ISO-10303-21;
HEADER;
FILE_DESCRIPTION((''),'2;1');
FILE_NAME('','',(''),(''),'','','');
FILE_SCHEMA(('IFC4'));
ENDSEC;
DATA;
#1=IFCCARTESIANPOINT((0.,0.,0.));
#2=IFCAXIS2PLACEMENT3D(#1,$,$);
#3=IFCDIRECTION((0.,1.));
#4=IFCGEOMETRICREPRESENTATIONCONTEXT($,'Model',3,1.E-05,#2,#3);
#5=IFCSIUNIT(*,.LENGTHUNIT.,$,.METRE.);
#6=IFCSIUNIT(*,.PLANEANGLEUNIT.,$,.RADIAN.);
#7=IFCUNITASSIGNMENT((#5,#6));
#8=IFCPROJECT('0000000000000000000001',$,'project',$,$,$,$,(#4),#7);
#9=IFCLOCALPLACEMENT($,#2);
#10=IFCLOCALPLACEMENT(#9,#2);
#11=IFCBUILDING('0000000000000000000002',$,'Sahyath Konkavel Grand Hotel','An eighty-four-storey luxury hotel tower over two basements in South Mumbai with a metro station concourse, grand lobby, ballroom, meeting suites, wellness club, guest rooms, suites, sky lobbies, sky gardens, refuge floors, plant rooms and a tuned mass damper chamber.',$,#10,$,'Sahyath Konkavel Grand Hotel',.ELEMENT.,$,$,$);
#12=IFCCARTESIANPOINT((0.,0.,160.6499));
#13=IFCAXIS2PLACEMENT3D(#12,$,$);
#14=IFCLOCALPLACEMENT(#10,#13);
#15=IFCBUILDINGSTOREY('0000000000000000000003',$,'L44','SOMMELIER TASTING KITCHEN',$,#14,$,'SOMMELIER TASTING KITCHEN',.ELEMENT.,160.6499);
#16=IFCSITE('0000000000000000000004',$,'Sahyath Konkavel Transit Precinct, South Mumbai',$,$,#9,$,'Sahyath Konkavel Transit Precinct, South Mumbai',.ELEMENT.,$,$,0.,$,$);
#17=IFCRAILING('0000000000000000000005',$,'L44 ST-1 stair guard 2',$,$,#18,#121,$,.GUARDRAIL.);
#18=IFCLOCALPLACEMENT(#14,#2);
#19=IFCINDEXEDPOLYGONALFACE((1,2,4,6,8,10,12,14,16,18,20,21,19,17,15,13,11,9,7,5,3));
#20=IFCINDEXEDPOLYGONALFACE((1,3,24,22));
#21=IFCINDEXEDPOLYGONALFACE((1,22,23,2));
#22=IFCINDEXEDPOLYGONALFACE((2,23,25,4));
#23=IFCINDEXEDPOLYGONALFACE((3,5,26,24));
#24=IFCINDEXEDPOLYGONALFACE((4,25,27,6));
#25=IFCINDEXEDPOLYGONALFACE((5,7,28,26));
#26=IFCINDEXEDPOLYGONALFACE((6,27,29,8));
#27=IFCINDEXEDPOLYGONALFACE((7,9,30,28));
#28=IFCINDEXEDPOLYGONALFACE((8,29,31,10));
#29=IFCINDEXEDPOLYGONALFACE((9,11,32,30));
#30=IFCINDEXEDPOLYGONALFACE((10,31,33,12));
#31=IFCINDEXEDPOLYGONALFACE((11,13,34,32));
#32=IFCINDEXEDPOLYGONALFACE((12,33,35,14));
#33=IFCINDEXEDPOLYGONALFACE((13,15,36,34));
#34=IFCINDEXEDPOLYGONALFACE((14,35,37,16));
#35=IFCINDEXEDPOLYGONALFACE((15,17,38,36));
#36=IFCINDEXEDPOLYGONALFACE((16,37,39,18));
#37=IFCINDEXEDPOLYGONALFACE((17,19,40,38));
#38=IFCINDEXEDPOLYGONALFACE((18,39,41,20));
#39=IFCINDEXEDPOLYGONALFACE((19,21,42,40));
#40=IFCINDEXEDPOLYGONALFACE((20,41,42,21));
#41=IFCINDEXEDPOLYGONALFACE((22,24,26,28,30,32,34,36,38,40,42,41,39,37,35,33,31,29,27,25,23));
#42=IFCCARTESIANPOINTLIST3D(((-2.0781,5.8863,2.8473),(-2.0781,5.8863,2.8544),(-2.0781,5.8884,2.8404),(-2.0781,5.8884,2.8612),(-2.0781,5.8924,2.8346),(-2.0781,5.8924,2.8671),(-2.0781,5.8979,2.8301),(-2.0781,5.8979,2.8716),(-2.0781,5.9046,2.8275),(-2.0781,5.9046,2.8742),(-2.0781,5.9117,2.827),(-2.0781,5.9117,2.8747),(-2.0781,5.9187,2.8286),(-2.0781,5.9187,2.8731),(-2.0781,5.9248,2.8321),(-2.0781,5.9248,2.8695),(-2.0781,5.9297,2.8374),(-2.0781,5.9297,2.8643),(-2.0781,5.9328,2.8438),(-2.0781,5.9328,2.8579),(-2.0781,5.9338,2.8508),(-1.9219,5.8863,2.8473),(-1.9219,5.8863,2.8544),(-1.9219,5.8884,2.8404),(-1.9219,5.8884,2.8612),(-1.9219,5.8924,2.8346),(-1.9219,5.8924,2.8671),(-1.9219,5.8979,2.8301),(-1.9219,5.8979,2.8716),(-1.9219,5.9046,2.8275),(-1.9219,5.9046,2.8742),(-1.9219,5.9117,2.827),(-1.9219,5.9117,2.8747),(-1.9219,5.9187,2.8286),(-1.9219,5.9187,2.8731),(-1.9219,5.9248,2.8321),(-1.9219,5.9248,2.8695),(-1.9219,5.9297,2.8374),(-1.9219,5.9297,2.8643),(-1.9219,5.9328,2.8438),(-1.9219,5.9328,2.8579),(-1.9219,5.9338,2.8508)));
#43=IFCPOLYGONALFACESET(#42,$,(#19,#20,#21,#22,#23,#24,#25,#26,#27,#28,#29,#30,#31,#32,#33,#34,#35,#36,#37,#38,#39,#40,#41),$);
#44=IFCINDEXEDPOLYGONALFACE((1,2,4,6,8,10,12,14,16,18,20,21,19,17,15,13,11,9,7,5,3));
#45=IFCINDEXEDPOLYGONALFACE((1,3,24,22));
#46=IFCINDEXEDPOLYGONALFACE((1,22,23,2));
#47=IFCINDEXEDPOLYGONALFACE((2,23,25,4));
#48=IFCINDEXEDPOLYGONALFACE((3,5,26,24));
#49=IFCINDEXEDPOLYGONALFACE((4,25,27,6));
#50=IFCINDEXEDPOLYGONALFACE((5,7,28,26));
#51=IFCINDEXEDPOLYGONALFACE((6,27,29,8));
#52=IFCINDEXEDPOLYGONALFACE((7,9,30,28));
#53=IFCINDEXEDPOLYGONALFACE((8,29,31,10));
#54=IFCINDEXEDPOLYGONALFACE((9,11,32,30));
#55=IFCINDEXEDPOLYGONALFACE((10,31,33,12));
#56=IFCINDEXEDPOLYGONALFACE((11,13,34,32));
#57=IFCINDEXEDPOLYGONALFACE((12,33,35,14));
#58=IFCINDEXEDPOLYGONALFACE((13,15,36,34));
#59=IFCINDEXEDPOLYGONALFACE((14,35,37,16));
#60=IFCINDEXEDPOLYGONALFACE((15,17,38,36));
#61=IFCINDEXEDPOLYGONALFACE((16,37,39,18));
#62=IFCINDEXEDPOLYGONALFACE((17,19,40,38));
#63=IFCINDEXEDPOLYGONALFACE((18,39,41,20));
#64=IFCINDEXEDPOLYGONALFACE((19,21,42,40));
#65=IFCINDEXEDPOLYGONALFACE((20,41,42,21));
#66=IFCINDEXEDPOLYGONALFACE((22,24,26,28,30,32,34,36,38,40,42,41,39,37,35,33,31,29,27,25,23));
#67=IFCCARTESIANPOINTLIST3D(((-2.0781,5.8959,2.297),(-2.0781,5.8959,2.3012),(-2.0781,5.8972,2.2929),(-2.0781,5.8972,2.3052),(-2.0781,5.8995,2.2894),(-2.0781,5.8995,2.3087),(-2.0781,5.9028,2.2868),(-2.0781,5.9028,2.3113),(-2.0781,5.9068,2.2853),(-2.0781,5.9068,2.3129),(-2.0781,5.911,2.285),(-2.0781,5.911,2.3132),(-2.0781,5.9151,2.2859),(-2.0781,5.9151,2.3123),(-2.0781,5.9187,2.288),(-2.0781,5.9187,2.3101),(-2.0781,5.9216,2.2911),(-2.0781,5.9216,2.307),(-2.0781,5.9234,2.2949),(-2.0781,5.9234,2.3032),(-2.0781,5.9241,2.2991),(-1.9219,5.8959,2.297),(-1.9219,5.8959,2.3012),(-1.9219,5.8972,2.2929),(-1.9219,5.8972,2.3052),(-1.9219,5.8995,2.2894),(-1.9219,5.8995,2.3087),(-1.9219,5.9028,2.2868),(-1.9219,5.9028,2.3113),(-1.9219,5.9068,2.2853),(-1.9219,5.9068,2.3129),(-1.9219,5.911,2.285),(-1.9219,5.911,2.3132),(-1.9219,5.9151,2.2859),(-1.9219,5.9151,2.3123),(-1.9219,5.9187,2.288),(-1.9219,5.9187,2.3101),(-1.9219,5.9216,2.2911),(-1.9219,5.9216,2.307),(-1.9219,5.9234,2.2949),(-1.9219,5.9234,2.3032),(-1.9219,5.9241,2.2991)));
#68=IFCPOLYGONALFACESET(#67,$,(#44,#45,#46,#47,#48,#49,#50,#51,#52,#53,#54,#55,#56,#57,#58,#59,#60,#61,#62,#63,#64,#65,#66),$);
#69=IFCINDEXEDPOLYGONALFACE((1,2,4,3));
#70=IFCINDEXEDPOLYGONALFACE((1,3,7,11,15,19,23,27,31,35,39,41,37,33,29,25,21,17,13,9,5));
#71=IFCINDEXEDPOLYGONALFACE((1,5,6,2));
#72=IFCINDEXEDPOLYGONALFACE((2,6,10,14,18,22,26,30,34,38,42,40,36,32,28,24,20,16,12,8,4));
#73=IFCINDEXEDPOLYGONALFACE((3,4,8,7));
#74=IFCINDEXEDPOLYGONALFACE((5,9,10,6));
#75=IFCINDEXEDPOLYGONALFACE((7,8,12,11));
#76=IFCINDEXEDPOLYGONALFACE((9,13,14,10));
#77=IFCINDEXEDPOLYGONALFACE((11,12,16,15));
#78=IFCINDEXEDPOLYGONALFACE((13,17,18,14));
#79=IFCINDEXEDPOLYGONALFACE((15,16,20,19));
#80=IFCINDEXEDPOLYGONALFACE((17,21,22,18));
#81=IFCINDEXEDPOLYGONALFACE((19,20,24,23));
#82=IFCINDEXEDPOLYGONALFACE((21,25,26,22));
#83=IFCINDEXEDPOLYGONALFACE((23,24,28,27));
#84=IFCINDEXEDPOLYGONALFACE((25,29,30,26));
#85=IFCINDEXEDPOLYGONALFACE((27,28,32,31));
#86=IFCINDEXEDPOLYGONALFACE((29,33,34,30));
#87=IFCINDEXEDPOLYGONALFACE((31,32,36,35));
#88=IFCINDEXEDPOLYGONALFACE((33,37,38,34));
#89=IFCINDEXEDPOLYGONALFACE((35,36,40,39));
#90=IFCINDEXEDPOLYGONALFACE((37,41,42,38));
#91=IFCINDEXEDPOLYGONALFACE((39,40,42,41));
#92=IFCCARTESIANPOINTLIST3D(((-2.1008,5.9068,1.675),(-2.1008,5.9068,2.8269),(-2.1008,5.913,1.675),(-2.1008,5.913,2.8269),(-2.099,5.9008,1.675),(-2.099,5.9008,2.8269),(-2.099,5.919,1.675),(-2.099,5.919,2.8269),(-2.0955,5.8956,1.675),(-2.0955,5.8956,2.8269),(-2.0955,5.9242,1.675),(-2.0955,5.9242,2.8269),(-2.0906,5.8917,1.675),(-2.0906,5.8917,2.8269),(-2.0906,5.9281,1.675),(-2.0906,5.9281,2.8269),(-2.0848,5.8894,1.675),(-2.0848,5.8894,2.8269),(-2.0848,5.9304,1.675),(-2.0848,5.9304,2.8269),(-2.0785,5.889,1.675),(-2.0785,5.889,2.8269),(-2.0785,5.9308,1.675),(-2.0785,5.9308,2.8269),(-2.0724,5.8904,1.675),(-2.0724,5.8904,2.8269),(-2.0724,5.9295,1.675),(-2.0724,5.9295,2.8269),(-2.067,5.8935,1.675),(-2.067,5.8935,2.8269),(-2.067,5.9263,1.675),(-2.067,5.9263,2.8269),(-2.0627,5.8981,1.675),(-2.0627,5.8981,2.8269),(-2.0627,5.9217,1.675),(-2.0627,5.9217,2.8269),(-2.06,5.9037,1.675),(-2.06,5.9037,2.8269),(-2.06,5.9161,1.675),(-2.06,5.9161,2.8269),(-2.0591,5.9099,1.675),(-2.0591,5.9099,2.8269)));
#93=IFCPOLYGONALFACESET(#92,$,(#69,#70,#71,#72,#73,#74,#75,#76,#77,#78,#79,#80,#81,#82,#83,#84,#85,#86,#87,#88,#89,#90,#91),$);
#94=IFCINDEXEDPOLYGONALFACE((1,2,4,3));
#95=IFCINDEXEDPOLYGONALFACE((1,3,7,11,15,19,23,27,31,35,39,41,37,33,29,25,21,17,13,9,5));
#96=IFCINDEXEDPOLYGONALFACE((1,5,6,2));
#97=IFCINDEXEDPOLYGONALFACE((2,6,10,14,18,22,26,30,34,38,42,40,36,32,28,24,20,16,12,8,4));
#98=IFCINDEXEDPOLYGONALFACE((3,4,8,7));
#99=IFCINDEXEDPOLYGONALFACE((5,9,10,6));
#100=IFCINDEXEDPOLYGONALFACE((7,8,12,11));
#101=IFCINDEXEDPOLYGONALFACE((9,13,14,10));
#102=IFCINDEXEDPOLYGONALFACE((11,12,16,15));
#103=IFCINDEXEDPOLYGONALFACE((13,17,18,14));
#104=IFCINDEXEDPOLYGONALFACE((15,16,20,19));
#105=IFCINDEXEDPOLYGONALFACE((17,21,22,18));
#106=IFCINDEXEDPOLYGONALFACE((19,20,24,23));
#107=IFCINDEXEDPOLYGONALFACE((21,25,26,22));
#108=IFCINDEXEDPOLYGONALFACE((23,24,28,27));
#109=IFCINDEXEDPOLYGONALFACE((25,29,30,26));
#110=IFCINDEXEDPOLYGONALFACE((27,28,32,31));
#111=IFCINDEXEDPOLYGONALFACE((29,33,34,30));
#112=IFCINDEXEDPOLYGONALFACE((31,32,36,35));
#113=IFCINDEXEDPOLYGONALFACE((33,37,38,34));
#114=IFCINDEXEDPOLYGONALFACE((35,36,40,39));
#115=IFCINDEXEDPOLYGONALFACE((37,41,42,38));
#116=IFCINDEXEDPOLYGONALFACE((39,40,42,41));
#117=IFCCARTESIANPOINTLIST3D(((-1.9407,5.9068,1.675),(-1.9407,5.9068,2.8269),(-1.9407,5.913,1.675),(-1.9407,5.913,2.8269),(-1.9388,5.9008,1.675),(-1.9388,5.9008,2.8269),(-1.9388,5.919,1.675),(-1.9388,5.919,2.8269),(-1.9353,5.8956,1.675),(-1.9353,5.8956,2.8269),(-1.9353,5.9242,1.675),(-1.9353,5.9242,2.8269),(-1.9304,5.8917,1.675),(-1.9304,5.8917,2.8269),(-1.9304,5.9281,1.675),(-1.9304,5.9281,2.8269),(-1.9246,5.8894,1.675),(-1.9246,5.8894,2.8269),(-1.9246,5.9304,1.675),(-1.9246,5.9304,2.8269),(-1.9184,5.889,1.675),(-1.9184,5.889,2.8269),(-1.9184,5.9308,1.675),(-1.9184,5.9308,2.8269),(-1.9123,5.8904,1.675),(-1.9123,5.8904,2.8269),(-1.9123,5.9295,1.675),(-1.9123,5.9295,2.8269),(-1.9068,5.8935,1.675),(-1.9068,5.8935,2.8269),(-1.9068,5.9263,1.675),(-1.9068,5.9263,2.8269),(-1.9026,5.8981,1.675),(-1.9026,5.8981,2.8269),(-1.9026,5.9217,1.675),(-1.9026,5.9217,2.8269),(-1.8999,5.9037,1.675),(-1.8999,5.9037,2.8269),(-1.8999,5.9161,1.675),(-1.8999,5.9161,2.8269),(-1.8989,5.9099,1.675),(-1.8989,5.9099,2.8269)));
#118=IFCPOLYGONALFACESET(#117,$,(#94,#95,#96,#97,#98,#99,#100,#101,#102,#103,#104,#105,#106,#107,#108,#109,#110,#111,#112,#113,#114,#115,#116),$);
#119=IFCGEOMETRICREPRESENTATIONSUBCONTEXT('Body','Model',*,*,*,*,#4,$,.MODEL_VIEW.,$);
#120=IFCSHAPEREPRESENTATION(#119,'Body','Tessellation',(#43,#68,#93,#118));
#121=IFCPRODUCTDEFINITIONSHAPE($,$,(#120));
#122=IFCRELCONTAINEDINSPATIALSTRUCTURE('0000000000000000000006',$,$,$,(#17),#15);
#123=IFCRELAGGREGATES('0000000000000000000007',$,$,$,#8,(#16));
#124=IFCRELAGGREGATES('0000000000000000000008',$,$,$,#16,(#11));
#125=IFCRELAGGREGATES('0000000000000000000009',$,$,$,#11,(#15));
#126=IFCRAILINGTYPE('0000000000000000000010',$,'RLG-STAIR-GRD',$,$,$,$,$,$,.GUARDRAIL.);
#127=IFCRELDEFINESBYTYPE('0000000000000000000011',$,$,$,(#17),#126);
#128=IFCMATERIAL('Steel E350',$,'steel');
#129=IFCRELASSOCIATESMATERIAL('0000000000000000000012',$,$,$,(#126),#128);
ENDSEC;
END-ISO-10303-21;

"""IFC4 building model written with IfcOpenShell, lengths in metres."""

from ifc_helpers import new_model, si_unit, direction, frame, origin, origin_2d, place, context, subcontext, project, spatial, circle, extrude, material, type_object, element, save


model = new_model("IFC4")

# Units and contexts
model_context = context("Model", 3, precision=1e-05, world=origin(), true_north=direction((0.0, 1.0)))
body_context = subcontext(model_context, "Body", "Model", "MODEL_VIEW")
ifc_project = project(units=[si_unit("LENGTHUNIT", "METRE"), si_unit("PLANEANGLEUNIT", "RADIAN")], contexts=[model_context])

# Site, building, storey
site_placement = place(None, origin())
site = spatial("IfcSite", under=ifc_project, at=site_placement, Name="Sahyath Konkavel Transit Precinct, South Mumbai", LongName="Sahyath Konkavel Transit Precinct, South Mumbai", CompositionType="ELEMENT", RefElevation=0.0)
building_placement = place(site_placement, origin())
building = spatial("IfcBuilding", under=site, at=building_placement, Name="Sahyath Konkavel Grand Hotel", Description="An eighty-four-storey luxury hotel tower over two basements in South Mumbai with a metro station concourse, grand lobby, ballroom, meeting suites, wellness club, guest rooms, suites, sky lobbies, sky gardens, refuge floors, plant rooms and a tuned mass damper chamber.", LongName="Sahyath Konkavel Grand Hotel", CompositionType="ELEMENT")
storey_placement = place(building_placement, frame((0.0, 0.0, 160.6499)))
storey = spatial("IfcBuildingStorey", under=building, at=storey_placement, Name="L44", Description="SOMMELIER TASTING KITCHEN", LongName="SOMMELIER TASTING KITCHEN", CompositionType="ELEMENT", Elevation=160.6499)

# Shared definitions
ifc_material_1 = material(Name="Steel E350", Category="steel")

# Railing
railing_type_1 = type_object("IfcRailingType", Name="RLG-STAIR-GRD", PredefinedType="GUARDRAIL", material=ifc_material_1)
railing_1_placement = place(storey_placement, frame((-2.0801, 5.9099, 1.675)))
element("IfcRailing", 1, at=railing_1_placement, inside=storey, type_object=railing_type_1, Name="L44 ST-1 stair guard 2", PredefinedType="GUARDRAIL", context=body_context, shape_type="SweptSolid", body=[
    extrude(circle(Radius=0.0239, at=origin_2d()), frame((0.002, 0.0, 1.1758), z_axis=(1.0, 0.0, 0.0), x_axis=(0.0, 1.0, 0.0)), (0.0, 0.0, 1.0), 0.1562),
    extrude(circle(Radius=0.0142, at=origin_2d()), frame((0.002, 0.0, 0.624), z_axis=(1.0, 0.0, 0.0), x_axis=(0.0, 1.0, 0.0)), (0.0, 0.0, 1.0), 0.1562),
    extrude(circle(Radius=0.021, at=origin_2d()), origin(), (0.0, 0.0, 1.0), 1.1519),
    extrude(circle(Radius=0.021, at=origin_2d()), frame((0.1602, 0.0, 0.0)), (0.0, 0.0, 1.0), 1.1519),
])

save(model, "model.ifc")
